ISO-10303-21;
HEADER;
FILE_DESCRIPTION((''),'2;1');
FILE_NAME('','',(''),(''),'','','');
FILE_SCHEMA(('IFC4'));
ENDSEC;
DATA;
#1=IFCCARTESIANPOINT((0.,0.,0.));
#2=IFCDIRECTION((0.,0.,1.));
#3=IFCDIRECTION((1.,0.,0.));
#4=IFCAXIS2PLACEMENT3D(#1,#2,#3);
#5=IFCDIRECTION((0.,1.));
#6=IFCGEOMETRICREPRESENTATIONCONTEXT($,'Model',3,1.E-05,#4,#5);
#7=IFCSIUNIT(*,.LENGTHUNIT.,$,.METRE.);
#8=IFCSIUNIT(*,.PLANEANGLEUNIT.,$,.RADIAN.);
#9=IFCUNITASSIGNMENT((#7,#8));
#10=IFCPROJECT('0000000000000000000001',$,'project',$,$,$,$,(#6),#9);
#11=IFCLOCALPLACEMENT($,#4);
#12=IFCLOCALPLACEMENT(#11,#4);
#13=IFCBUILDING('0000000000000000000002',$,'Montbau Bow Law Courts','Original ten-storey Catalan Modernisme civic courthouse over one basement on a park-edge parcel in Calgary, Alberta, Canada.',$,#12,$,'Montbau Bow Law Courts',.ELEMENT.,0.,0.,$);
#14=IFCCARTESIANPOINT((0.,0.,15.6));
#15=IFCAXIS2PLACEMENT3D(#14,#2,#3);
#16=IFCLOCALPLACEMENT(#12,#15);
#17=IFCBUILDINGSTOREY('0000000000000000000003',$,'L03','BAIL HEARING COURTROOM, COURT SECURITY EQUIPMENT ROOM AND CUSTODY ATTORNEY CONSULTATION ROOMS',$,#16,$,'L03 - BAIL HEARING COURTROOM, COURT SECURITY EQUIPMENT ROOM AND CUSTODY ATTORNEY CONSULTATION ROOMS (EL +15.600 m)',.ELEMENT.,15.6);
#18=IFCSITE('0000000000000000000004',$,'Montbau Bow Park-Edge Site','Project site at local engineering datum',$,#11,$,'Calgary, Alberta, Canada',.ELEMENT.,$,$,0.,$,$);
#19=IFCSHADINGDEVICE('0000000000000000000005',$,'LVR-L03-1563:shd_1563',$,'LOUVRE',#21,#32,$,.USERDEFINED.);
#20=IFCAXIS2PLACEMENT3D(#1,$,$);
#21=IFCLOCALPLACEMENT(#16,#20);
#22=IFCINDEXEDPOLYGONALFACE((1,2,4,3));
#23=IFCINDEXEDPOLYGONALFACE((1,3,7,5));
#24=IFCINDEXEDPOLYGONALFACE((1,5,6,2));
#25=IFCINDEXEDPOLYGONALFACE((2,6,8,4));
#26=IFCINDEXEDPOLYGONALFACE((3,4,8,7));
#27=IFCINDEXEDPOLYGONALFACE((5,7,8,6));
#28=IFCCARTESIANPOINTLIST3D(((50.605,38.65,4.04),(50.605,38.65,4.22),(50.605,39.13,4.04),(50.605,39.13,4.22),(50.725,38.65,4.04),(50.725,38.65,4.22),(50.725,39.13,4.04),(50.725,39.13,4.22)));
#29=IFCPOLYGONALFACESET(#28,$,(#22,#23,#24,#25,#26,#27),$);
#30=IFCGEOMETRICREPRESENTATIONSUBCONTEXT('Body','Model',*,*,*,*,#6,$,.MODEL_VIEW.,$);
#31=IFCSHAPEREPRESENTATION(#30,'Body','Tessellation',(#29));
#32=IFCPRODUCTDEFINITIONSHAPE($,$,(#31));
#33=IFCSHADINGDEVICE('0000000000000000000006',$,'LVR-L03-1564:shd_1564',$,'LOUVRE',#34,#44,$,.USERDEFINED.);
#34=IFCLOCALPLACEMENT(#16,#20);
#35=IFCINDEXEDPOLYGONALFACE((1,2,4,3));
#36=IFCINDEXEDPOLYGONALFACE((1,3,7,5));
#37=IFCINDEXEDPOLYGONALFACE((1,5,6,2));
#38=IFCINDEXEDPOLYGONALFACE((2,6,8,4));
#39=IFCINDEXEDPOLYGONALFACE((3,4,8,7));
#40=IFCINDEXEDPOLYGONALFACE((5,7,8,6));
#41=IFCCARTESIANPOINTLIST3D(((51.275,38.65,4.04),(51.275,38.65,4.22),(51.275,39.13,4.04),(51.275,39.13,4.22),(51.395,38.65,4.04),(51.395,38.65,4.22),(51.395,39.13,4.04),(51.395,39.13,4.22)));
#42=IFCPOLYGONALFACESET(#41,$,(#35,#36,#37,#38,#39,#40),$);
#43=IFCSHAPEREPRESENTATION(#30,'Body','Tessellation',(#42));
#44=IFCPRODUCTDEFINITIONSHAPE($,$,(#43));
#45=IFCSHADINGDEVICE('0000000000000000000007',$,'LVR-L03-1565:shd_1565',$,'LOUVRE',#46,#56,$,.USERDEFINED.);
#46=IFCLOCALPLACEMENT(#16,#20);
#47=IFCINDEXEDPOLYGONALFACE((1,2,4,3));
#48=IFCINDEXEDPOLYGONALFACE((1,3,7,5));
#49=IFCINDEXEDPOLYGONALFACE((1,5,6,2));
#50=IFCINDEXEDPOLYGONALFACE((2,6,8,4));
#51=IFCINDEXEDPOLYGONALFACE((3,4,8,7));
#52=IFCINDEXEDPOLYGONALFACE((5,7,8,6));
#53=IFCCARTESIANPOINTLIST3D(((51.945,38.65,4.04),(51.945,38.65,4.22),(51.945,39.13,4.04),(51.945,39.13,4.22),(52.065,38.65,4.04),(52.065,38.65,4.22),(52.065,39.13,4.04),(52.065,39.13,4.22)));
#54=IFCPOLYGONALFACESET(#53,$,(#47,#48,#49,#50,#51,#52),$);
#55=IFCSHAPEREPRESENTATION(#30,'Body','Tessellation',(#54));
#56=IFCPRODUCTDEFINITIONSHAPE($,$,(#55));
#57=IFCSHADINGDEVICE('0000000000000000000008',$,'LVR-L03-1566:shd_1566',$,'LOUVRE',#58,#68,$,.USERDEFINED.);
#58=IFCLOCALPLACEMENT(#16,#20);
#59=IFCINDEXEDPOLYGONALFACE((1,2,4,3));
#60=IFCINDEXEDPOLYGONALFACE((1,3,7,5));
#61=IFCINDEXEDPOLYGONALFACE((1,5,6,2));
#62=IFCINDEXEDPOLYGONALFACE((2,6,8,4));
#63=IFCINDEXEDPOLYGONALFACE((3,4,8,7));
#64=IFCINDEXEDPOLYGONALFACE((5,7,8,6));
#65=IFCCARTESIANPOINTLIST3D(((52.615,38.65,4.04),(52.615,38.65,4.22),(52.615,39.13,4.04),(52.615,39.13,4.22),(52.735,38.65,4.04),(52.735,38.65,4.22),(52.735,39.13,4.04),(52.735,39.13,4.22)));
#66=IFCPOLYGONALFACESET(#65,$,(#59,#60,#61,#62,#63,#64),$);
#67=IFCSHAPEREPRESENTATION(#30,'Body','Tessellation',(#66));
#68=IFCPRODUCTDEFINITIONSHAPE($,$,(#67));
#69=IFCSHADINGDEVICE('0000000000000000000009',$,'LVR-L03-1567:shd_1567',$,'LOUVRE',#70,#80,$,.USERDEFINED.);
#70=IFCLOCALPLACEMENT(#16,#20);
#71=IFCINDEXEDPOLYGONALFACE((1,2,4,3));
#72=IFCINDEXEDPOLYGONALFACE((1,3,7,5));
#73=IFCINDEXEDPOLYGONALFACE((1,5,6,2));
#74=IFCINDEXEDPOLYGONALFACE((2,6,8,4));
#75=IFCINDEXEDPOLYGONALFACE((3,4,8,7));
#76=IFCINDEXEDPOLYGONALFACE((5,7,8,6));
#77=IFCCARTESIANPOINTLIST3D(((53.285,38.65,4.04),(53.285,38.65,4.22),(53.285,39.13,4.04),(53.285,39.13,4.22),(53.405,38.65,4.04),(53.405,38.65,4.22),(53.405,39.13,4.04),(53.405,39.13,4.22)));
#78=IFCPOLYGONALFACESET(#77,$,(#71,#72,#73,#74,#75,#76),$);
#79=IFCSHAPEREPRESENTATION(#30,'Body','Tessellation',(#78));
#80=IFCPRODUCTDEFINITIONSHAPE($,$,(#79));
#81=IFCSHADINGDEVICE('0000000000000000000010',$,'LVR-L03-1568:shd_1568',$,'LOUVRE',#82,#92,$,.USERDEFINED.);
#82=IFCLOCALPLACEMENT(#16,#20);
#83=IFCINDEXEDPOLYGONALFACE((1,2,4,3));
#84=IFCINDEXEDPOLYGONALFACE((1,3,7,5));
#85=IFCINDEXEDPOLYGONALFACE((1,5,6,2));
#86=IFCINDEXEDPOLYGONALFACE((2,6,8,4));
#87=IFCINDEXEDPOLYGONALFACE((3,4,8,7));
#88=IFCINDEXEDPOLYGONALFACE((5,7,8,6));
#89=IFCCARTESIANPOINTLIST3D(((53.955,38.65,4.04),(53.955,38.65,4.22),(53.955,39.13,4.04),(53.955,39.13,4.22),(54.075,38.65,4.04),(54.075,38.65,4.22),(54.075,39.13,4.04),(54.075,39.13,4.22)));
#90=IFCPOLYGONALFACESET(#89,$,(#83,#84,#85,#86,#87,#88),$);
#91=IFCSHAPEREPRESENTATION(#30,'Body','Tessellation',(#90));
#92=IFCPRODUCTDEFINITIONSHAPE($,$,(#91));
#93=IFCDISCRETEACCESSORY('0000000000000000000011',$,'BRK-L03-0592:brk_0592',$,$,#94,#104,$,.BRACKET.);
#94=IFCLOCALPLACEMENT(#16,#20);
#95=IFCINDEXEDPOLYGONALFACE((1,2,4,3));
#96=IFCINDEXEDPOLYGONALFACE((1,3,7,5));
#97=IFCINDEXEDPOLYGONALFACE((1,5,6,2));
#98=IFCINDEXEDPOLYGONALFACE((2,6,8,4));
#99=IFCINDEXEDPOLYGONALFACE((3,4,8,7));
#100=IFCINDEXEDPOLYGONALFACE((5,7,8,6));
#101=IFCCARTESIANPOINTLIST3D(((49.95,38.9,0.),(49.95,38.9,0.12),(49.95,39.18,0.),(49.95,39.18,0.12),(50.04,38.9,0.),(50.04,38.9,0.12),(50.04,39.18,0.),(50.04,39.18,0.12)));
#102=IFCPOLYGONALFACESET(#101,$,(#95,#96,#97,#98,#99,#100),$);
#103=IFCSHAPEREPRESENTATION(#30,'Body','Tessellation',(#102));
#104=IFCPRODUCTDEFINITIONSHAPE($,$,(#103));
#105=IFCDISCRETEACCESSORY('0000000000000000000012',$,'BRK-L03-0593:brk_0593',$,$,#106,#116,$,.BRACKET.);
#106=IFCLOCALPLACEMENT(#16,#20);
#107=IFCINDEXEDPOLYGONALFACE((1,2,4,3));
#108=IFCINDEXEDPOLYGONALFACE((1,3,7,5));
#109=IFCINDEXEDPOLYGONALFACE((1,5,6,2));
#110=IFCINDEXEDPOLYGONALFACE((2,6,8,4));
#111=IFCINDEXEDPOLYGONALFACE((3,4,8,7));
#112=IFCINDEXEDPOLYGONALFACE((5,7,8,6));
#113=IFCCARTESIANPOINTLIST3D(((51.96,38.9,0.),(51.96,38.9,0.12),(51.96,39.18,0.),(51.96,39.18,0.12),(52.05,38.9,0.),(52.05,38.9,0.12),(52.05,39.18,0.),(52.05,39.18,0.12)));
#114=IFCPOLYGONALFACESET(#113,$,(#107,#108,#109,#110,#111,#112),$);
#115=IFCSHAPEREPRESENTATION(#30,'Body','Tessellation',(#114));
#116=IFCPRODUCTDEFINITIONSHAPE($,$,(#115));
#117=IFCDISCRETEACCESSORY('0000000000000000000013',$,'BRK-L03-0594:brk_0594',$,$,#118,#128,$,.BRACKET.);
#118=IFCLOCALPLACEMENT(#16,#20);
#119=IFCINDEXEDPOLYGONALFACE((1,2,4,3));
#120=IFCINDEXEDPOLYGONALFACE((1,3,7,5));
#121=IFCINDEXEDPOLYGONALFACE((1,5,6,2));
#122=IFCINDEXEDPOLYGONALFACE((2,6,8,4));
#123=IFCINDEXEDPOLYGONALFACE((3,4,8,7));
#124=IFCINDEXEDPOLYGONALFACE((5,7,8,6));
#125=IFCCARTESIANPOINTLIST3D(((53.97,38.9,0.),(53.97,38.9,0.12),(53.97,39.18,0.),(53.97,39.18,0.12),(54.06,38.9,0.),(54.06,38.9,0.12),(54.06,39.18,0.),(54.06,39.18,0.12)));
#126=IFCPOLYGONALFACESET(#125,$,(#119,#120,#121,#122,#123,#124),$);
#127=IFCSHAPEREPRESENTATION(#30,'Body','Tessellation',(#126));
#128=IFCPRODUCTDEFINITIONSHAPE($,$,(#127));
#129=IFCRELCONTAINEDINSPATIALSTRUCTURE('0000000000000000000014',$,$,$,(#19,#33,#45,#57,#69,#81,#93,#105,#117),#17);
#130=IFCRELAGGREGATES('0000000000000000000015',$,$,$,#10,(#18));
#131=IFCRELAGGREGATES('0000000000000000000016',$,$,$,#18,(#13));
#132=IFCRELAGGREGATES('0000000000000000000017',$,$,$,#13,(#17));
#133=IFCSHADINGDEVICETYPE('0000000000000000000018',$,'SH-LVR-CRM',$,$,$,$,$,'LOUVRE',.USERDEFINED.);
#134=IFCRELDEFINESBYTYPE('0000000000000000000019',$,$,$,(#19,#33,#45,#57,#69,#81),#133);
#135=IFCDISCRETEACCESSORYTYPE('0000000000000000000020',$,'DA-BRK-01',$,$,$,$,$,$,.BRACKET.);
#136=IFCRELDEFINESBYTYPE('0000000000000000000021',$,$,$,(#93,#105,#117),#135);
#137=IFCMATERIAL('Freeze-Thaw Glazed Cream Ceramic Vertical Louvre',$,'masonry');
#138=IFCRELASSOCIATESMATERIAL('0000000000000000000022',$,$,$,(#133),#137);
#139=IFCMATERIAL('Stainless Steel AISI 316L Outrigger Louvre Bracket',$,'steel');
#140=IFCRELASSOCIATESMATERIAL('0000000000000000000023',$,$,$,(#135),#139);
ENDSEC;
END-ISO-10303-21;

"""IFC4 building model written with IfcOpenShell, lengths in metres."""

from ifc_helpers import new_model, si_unit, direction, frame, origin_with_axes, origin_2d_with_axis, place, context, subcontext, project, spatial, rectangle, extrude, material, type_object, element, save


model = new_model("IFC4")

# Units and contexts
model_context = context("Model", 3, precision=1e-05, world=origin_with_axes(), true_north=direction((0.0, 1.0)))
body_context = subcontext(model_context, "Body", "Model", "MODEL_VIEW")
ifc_project = project(units=[si_unit("LENGTHUNIT", "METRE"), si_unit("PLANEANGLEUNIT", "RADIAN")], contexts=[model_context])

# Site, building, storey
site_placement = place(None, origin_with_axes())
site = spatial("IfcSite", under=ifc_project, at=site_placement, Name="Montbau Bow Park-Edge Site", Description="Project site at local engineering datum", LongName="Calgary, Alberta, Canada", CompositionType="ELEMENT", RefElevation=0.0)
building_placement = place(site_placement, origin_with_axes())
building = spatial("IfcBuilding", under=site, at=building_placement, Name="Montbau Bow Law Courts", Description="Original ten-storey Catalan Modernisme civic courthouse over one basement on a park-edge parcel in Calgary, Alberta, Canada.", LongName="Montbau Bow Law Courts", CompositionType="ELEMENT", ElevationOfRefHeight=0.0, ElevationOfTerrain=0.0)
storey_placement = place(building_placement, frame((0.0, 0.0, 15.6), z_axis=(0.0, 0.0, 1.0), x_axis=(1.0, 0.0, 0.0)))
storey = spatial("IfcBuildingStorey", under=building, at=storey_placement, Name="L03", Description="BAIL HEARING COURTROOM, COURT SECURITY EQUIPMENT ROOM AND CUSTODY ATTORNEY CONSULTATION ROOMS", LongName="L03 - BAIL HEARING COURTROOM, COURT SECURITY EQUIPMENT ROOM AND CUSTODY ATTORNEY CONSULTATION ROOMS (EL +15.600 m)", CompositionType="ELEMENT", Elevation=15.6)

# Shading devices
ifc_material_1 = material(Name="Freeze-Thaw Glazed Cream Ceramic Vertical Louvre", Category="masonry")
shading_device_type = type_object("IfcShadingDeviceType", Name="SH-LVR-CRM", ElementType="LOUVRE", PredefinedType="USERDEFINED", material=ifc_material_1)
for number, where, z_axis, x_axis, name in (
    (1, (50.665, 38.89, 19.64), (0.0, 0.0, 1.0), (0.0, -1.0, 0.0), "LVR-L03-1563:shd_1563"),
    (2, (51.335, 38.89, 19.64), (0.0, 0.0, 1.0), (0.0, -1.0, 0.0), "LVR-L03-1564:shd_1564"),
    (3, (52.005, 38.89, 19.64), (0.0, 0.0, 1.0), (0.0, -1.0, 0.0), "LVR-L03-1565:shd_1565"),
    (4, (52.675, 38.89, 19.64), (0.0, 0.0, 1.0), (0.0, -1.0, 0.0), "LVR-L03-1566:shd_1566"),
    (5, (53.345, 38.89, 19.64), (0.0, 0.0, 1.0), (0.0, -1.0, 0.0), "LVR-L03-1567:shd_1567"),
    (6, (54.015, 38.89, 19.64), (0.0, 0.0, 1.0), (0.0, -1.0, 0.0), "LVR-L03-1568:shd_1568"),
):
    element("IfcShadingDevice", number, at=place(None, frame(where, z_axis=z_axis, x_axis=x_axis)), inside=storey, type_object=shading_device_type, Name=name, ObjectType="LOUVRE", PredefinedType="USERDEFINED", context=body_context, shape_type="SweptSolid", body=[
        extrude(rectangle(XDim=0.48, YDim=0.12, at=origin_2d_with_axis()), origin_with_axes(), (0.0, 0.0, 1.0), 0.18),
    ])

# Discrete accessories
ifc_material_2 = material(Name="Stainless Steel AISI 316L Outrigger Louvre Bracket", Category="steel")
discrete_accessory_type = type_object("IfcDiscreteAccessoryType", Name="DA-BRK-01", PredefinedType="BRACKET", material=ifc_material_2)
for number, where, z_axis, x_axis, name in (
    (7, (49.995, 39.04, 15.6), (0.0, 0.0, 1.0), (0.0, -1.0, 0.0), "BRK-L03-0592:brk_0592"),
    (8, (52.005, 39.04, 15.6), (0.0, 0.0, 1.0), (0.0, -1.0, 0.0), "BRK-L03-0593:brk_0593"),
    (9, (54.015, 39.04, 15.6), (0.0, 0.0, 1.0), (0.0, -1.0, 0.0), "BRK-L03-0594:brk_0594"),
):
    element("IfcDiscreteAccessory", number, at=place(None, frame(where, z_axis=z_axis, x_axis=x_axis)), inside=storey, type_object=discrete_accessory_type, Name=name, PredefinedType="BRACKET", context=body_context, shape_type="SweptSolid", body=[
        extrude(rectangle(XDim=0.28, YDim=0.09, at=origin_2d_with_axis()), origin_with_axes(), (0.0, 0.0, 1.0), 0.12),
    ])

save(model, "model.ifc")
